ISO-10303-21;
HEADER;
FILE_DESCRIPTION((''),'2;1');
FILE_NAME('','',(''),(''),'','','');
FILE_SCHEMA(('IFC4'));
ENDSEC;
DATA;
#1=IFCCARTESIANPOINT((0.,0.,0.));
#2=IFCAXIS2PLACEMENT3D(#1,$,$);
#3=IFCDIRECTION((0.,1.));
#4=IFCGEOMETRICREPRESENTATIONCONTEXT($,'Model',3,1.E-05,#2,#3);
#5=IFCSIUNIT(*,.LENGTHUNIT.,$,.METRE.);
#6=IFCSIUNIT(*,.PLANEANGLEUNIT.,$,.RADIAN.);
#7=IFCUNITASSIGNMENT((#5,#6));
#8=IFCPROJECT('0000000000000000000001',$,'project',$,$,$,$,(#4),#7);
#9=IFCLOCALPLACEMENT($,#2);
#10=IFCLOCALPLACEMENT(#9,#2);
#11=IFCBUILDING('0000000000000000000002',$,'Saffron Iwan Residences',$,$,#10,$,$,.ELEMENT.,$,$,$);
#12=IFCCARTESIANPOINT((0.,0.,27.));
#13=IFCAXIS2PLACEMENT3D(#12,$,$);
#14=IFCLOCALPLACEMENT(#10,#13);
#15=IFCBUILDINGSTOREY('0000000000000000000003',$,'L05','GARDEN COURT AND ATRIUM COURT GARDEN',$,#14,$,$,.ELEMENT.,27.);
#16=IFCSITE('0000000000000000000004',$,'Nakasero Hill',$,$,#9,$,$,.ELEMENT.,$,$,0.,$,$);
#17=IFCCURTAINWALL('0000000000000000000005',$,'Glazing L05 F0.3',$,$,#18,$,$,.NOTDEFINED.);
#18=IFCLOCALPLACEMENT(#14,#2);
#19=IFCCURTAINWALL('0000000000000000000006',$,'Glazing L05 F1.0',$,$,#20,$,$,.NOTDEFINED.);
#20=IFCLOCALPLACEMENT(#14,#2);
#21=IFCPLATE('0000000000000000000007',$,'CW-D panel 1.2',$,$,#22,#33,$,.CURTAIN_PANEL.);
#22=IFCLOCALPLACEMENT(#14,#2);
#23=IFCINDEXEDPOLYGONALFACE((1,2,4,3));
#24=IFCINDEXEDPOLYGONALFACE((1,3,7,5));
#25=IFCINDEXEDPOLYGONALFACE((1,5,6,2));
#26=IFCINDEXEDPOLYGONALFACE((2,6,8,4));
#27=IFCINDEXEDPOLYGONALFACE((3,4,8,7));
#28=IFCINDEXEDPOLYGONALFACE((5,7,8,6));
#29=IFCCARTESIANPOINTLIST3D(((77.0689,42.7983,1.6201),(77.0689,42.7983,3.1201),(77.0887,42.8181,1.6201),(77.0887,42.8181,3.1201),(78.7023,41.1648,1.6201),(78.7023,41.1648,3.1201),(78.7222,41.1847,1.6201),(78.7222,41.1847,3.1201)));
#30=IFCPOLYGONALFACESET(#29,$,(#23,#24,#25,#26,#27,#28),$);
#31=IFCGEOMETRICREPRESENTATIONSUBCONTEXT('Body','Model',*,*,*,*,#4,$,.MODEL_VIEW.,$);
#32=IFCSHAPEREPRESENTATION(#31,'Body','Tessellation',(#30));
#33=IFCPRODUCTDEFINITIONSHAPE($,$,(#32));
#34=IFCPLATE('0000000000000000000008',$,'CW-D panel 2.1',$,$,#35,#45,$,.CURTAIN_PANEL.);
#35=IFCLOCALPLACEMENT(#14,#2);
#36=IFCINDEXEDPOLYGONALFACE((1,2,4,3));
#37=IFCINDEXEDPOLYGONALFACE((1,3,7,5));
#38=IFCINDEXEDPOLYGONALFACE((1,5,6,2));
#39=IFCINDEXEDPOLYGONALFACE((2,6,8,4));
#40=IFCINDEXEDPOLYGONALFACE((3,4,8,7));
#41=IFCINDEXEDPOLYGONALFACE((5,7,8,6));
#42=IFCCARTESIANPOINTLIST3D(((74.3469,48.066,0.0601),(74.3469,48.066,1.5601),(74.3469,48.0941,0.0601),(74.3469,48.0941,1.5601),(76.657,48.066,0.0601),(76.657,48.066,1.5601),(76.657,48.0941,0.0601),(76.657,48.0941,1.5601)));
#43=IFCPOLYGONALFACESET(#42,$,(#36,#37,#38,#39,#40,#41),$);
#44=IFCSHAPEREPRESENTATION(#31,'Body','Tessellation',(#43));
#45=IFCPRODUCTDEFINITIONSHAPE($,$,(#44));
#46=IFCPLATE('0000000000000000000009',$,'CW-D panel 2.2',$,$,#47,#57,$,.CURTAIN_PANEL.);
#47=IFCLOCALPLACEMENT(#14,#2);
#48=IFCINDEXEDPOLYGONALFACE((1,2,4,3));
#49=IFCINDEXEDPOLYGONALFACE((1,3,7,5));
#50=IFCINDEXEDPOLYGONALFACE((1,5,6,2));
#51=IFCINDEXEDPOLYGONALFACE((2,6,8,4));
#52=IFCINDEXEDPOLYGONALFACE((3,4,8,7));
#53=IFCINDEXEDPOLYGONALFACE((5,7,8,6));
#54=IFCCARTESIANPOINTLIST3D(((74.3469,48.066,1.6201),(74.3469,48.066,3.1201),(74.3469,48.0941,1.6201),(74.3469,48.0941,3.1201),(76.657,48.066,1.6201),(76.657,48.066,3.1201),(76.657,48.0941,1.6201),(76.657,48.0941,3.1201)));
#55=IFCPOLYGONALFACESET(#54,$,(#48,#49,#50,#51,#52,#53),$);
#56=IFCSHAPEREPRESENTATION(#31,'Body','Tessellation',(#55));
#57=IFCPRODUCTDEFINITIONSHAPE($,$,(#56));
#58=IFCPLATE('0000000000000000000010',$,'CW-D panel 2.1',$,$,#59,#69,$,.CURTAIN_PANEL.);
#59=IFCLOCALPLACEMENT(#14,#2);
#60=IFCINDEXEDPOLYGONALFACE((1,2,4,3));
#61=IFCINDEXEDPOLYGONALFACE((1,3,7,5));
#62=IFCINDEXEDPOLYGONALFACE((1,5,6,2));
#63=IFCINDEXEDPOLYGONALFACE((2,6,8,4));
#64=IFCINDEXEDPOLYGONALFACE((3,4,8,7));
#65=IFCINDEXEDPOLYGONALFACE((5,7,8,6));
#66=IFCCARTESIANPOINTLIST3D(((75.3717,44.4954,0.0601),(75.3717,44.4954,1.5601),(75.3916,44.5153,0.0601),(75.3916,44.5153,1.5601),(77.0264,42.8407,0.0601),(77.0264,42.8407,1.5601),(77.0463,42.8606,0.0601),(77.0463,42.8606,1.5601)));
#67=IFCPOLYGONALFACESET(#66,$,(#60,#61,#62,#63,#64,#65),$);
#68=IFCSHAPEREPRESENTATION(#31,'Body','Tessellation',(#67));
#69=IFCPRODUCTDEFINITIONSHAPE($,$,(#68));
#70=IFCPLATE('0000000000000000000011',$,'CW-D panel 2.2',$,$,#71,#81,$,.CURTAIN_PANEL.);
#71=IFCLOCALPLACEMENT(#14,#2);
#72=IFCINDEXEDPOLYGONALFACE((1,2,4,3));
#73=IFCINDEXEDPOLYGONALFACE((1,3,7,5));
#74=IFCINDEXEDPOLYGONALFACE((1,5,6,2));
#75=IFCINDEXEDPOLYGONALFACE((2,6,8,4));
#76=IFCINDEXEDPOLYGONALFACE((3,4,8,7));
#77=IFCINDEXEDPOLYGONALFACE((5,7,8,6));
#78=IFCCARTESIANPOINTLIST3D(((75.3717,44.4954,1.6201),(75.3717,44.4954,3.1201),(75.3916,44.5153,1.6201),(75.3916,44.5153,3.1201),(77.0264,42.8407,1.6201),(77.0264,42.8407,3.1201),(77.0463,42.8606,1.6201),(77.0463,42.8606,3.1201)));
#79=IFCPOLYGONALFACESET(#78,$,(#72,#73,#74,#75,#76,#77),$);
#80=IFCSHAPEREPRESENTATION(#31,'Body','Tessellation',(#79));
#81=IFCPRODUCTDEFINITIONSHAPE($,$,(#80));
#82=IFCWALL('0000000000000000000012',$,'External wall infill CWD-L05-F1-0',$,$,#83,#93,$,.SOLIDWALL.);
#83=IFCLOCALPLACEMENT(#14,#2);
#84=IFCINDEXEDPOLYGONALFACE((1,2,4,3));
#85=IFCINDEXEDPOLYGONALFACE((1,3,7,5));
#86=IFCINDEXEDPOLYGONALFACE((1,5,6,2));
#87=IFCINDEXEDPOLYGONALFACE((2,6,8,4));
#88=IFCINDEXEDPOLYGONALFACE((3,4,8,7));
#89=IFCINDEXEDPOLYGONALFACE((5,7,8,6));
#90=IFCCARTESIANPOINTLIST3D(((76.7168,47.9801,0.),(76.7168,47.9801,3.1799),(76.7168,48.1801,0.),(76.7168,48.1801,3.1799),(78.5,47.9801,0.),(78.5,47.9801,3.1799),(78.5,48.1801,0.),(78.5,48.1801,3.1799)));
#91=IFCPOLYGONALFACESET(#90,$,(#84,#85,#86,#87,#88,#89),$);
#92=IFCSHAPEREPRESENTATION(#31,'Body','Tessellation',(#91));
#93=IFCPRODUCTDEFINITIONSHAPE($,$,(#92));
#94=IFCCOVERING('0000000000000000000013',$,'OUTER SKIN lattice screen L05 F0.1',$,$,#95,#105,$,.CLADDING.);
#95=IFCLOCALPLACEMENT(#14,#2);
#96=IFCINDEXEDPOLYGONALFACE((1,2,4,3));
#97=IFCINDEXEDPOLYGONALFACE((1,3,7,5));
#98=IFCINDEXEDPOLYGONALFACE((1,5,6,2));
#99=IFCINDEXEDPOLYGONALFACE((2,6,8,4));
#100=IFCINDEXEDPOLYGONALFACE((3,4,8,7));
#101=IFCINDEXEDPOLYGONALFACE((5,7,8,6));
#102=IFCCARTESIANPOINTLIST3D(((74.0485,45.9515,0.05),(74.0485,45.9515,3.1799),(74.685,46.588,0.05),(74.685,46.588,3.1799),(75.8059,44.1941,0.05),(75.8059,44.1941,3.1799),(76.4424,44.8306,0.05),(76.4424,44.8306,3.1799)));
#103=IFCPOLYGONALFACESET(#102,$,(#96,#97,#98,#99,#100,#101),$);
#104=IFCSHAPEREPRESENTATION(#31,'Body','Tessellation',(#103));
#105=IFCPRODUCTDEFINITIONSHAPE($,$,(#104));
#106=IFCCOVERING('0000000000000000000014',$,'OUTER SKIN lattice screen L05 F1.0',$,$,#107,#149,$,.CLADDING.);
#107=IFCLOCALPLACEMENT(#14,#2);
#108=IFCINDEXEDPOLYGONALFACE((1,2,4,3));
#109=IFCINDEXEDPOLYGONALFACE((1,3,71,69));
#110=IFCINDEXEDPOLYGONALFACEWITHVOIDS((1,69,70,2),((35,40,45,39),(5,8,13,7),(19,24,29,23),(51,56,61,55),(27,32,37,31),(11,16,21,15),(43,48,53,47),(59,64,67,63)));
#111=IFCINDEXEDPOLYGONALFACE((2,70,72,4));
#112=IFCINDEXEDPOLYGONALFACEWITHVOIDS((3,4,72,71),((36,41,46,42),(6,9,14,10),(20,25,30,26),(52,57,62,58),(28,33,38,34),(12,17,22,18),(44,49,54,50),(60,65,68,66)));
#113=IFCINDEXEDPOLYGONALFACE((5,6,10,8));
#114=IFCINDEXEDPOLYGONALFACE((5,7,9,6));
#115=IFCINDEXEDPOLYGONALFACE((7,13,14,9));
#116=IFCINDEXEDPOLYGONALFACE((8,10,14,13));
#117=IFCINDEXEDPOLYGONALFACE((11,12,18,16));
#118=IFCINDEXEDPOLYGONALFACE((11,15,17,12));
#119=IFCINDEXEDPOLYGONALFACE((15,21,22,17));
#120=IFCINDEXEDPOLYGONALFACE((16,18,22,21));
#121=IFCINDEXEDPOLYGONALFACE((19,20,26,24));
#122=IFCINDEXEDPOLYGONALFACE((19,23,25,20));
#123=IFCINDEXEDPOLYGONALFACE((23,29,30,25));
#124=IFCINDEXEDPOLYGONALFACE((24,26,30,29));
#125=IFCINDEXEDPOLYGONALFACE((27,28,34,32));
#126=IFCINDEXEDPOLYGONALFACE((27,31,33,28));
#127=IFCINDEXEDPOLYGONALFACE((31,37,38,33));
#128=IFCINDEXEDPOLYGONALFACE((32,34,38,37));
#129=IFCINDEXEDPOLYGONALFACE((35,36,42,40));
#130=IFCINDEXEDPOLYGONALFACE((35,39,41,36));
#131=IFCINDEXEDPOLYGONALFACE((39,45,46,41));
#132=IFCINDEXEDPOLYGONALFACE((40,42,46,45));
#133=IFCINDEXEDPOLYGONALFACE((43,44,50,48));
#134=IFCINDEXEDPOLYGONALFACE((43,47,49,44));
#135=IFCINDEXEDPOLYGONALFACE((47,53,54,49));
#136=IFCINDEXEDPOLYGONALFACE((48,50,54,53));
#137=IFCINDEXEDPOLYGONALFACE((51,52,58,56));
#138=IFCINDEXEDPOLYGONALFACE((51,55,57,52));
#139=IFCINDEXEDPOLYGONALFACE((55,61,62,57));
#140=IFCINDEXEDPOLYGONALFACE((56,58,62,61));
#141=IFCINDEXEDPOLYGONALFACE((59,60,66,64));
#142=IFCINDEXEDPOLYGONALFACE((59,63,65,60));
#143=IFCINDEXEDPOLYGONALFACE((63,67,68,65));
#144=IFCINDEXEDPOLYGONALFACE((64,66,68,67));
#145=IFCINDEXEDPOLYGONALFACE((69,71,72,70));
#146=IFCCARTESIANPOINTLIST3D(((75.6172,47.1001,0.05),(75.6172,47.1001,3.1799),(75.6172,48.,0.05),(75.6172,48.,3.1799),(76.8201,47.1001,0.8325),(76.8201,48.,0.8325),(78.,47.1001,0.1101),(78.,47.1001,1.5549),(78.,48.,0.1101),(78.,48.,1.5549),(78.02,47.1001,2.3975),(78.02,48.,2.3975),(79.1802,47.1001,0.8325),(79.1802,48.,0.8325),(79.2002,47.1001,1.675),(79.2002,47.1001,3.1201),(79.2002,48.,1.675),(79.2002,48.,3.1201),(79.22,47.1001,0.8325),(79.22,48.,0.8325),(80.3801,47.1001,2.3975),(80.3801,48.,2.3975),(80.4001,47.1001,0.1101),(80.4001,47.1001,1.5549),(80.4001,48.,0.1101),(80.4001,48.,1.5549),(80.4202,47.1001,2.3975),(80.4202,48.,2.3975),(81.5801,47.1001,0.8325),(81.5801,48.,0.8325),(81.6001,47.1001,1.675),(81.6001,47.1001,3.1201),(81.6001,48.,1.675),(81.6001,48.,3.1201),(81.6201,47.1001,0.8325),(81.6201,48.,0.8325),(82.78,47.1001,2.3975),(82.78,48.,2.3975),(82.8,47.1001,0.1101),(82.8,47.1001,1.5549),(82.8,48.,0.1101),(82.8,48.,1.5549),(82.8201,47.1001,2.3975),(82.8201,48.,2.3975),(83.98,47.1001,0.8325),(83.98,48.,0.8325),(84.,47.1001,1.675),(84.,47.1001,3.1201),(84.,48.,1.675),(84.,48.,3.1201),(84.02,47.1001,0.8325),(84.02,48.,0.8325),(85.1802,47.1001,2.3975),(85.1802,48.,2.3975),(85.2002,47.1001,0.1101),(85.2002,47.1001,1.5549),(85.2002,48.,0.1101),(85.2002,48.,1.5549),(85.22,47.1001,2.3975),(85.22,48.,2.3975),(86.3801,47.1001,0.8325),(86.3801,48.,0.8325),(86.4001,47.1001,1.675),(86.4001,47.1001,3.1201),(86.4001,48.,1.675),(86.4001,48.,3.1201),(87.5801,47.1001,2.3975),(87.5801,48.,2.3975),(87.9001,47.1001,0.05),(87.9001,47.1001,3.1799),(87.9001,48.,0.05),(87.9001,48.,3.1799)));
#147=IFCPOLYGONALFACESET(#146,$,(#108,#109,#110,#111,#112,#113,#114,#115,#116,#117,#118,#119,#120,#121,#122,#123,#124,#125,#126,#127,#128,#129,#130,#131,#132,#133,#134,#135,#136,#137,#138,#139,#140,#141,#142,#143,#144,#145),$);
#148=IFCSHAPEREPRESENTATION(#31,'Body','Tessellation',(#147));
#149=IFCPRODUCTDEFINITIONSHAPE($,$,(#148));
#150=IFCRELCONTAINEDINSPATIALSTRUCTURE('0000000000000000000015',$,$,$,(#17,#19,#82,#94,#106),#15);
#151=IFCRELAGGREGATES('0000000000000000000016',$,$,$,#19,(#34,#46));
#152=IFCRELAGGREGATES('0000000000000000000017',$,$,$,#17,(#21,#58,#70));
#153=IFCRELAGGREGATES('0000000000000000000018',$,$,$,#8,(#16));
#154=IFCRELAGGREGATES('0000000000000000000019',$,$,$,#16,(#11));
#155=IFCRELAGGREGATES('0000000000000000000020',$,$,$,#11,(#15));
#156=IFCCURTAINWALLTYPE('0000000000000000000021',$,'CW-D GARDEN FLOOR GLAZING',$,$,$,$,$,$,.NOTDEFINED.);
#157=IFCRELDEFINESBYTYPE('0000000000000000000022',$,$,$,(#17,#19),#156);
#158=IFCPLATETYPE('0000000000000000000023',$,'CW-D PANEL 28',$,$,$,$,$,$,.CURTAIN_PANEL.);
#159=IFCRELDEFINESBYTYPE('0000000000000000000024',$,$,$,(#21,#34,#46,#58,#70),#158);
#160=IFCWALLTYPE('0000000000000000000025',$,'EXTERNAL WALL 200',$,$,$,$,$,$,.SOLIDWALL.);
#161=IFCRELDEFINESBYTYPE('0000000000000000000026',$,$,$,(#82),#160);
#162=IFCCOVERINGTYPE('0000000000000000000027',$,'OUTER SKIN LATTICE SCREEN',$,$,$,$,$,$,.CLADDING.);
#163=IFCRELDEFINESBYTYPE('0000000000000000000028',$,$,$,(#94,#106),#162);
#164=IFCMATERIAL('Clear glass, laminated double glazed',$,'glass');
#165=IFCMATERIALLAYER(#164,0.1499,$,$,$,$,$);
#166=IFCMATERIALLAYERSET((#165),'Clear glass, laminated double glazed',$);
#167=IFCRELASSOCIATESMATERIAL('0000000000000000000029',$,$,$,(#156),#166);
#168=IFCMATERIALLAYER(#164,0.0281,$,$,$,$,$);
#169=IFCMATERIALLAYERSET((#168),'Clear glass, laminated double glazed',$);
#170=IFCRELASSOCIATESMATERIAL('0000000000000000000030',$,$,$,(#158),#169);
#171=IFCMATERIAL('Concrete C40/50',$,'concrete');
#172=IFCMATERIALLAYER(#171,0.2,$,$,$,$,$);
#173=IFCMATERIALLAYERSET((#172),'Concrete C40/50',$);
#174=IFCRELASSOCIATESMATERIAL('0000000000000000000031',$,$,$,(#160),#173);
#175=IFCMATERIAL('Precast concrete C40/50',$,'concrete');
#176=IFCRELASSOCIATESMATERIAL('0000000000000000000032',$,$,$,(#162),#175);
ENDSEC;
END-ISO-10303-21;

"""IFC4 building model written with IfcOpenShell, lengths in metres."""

from ifc_helpers import new_model, si_unit, direction, frame, frame_2d, origin, origin_2d, place, context, subcontext, project, spatial, polyline, rectangle, outline, extrude, source, transform, mapped, material, layer, layer_set, type_object, element, aggregate, save


model = new_model("IFC4")

# Units and contexts
model_context = context("Model", 3, precision=1e-05, world=origin(), true_north=direction((0.0, 1.0)))
body_context = subcontext(model_context, "Body", "Model", "MODEL_VIEW")
ifc_project = project(units=[si_unit("LENGTHUNIT", "METRE"), si_unit("PLANEANGLEUNIT", "RADIAN")], contexts=[model_context])

# Site, building, storey
site_placement = place(None, origin())
site = spatial("IfcSite", under=ifc_project, at=site_placement, Name="Nakasero Hill", CompositionType="ELEMENT", RefElevation=0.0)
building_placement = place(site_placement, origin())
building = spatial("IfcBuilding", under=site, at=building_placement, Name="Saffron Iwan Residences", CompositionType="ELEMENT")
storey_placement = place(building_placement, frame((0.0, 0.0, 27.0)))
storey = spatial("IfcBuildingStorey", under=building, at=storey_placement, Name="L05", Description="GARDEN COURT AND ATRIUM COURT GARDEN", CompositionType="ELEMENT", Elevation=27.0)

# Curtain wall
ifc_material_1 = material(Name="Clear glass, laminated double glazed", Category="glass")
ifc_layer_1 = layer(ifc_material_1, 0.1499)
ifc_layer_set_1 = layer_set([ifc_layer_1], Name="Clear glass, laminated double glazed")
curtain_wall_type = type_object("IfcCurtainWallType", Name="CW-D GARDEN FLOOR GLAZING", PredefinedType="NOTDEFINED", material=ifc_layer_set_1)
curtain_wall_1_placement = place(storey_placement, origin())
curtain_wall_1 = element("IfcCurtainWall", 1, at=curtain_wall_1_placement, inside=storey, type_object=curtain_wall_type, Name="Glazing L05 F0.3", PredefinedType="NOTDEFINED")

# Curtain wall
curtain_wall_2_placement = place(storey_placement, origin())
curtain_wall_2 = element("IfcCurtainWall", 2, at=curtain_wall_2_placement, inside=storey, type_object=curtain_wall_type, Name="Glazing L05 F1.0", PredefinedType="NOTDEFINED")

# Plates
ifc_layer_2 = layer(ifc_material_1, 0.0281)
ifc_layer_set_2 = layer_set([ifc_layer_2], Name="Clear glass, laminated double glazed")
plate_type = type_object("IfcPlateType", Name="CW-D PANEL 28", PredefinedType="CURTAIN_PANEL", material=ifc_layer_set_2)
shared_shape_1 = source(origin(), body_context, "Body", "SweptSolid", [
    extrude(rectangle(XDim=2.3101, YDim=0.0281, at=origin_2d()), origin(), (0.0, 0.0, 1.0), 1.5),
])
plate_1_placement = place(storey_placement, frame((77.8955, 41.9915, 1.6201), z_axis=(0.0, 0.0, 1.0), x_axis=(-0.707107, 0.707107, 0.0)))
plate_1 = element("IfcPlate", 3, at=plate_1_placement, type_object=plate_type, Name="CW-D panel 1.2", PredefinedType="CURTAIN_PANEL", context=body_context, shape_type="MappedRepresentation", body=[
    mapped(shared_shape_1, transform((0.0, 0.0, 0.0))),
])
plate_2_placement = place(storey_placement, frame((75.502, 48.0801, 0.0601), z_axis=(0.0, 0.0, 1.0), x_axis=(1.0, 0.0, 0.0)))
plate_2 = element("IfcPlate", 4, at=plate_2_placement, type_object=plate_type, Name="CW-D panel 2.1", PredefinedType="CURTAIN_PANEL", context=body_context, shape_type="MappedRepresentation", body=[
    mapped(shared_shape_1, transform((0.0, 0.0, 0.0))),
])
plate_3_placement = place(storey_placement, frame((75.502, 48.0801, 1.6201), z_axis=(0.0, 0.0, 1.0), x_axis=(1.0, 0.0, 0.0)))
plate_3 = element("IfcPlate", 5, at=plate_3_placement, type_object=plate_type, Name="CW-D panel 2.2", PredefinedType="CURTAIN_PANEL", context=body_context, shape_type="MappedRepresentation", body=[
    mapped(shared_shape_1, transform((0.0, 0.0, 0.0))),
])
aggregate(curtain_wall_2, [plate_2, plate_3])
shared_shape_2 = source(origin(), body_context, "Body", "SweptSolid", [
    extrude(rectangle(XDim=2.3401, YDim=0.0281, at=origin_2d()), origin(), (0.0, 0.0, 1.0), 1.5),
])
plate_4_placement = place(storey_placement, frame((76.209, 43.678, 0.0601), z_axis=(0.0, 0.0, 1.0), x_axis=(-0.707107, 0.707107, 0.0)))
plate_4 = element("IfcPlate", 6, at=plate_4_placement, type_object=plate_type, Name="CW-D panel 2.1", PredefinedType="CURTAIN_PANEL", context=body_context, shape_type="MappedRepresentation", body=[
    mapped(shared_shape_2, transform((0.0, 0.0, 0.0))),
])
plate_5_placement = place(storey_placement, frame((76.209, 43.678, 1.6201), z_axis=(0.0, 0.0, 1.0), x_axis=(-0.707107, 0.707107, 0.0)))
plate_5 = element("IfcPlate", 7, at=plate_5_placement, type_object=plate_type, Name="CW-D panel 2.2", PredefinedType="CURTAIN_PANEL", context=body_context, shape_type="MappedRepresentation", body=[
    mapped(shared_shape_2, transform((0.0, 0.0, 0.0))),
])
aggregate(curtain_wall_1, [plate_1, plate_4, plate_5])

# Wall
ifc_material_2 = material(Name="Concrete C40/50", Category="concrete")
ifc_layer_3 = layer(ifc_material_2, 0.2)
ifc_layer_set_3 = layer_set([ifc_layer_3], Name="Concrete C40/50")
wall_type = type_object("IfcWallType", Name="EXTERNAL WALL 200", PredefinedType="SOLIDWALL", material=ifc_layer_set_3)
wall_placement = place(storey_placement, frame((76.7168, 48.0801, 0.0), z_axis=(0.0, 0.0, 1.0), x_axis=(1.0, 0.0, 0.0)))
element("IfcWall", 8, at=wall_placement, inside=storey, type_object=wall_type, Name="External wall infill CWD-L05-F1-0", PredefinedType="SOLIDWALL", context=body_context, shape_type="SweptSolid", body=[
    extrude(rectangle(XDim=1.7832, YDim=0.2, at=frame_2d((0.8916, 0.0))), origin(), (0.0, 0.0, 1.0), 3.1799),
])

# Coverings
ifc_material_3 = material(Name="Precast concrete C40/50", Category="concrete")
covering_type = type_object("IfcCoveringType", Name="OUTER SKIN LATTICE SCREEN", PredefinedType="CLADDING", material=ifc_material_3)
covering_1_placement = place(storey_placement, frame((75.8059, 44.1941, 0.05), z_axis=(0.707107, 0.707107, 0.0), x_axis=(-0.707107, 0.707107, 0.0)))
element("IfcCovering", 9, at=covering_1_placement, inside=storey, type_object=covering_type, Name="OUTER SKIN lattice screen L05 F0.1", PredefinedType="CLADDING", context=body_context, shape_type="SweptSolid", body=[
    extrude(outline(polyline([(0.0, 0.0), (2.4854, 0.0), (2.4854, 3.1299), (0.0, 3.1299), (0.0, 0.0)])), origin(), (0.0, 0.0, 1.0), 0.9001),
])
covering_2_placement = place(storey_placement, frame((75.6172, 48.0, 0.05), z_axis=(0.0, -1.0, 0.0), x_axis=(1.0, 0.0, 0.0)))
element("IfcCovering", 10, at=covering_2_placement, inside=storey, type_object=covering_type, Name="OUTER SKIN lattice screen L05 F1.0", PredefinedType="CLADDING", context=body_context, shape_type="SweptSolid", body=[
    extrude(outline(polyline([(0.0, 0.0), (12.283, 0.0), (12.283, 3.1299), (0.0, 3.1299), (0.0, 0.0)]), holes=[polyline([(1.2029, 0.7825), (2.3828, 0.0601), (3.563, 0.7825), (2.3828, 1.5049), (1.2029, 0.7825)]), polyline([(3.6028, 0.7825), (4.783, 0.0601), (5.9629, 0.7825), (4.783, 1.5049), (3.6028, 0.7825)]), polyline([(6.0029, 0.7825), (7.1829, 0.0601), (8.3628, 0.7825), (7.1829, 1.5049), (6.0029, 0.7825)]), polyline([(8.4028, 0.7825), (9.583, 0.0601), (10.7629, 0.7825), (9.583, 1.5049), (8.4028, 0.7825)]), polyline([(2.4028, 2.3474), (3.583, 1.625), (4.7629, 2.3474), (3.583, 3.0701), (2.4028, 2.3474)]), polyline([(4.803, 2.3474), (5.9829, 1.625), (7.1628, 2.3474), (5.9829, 3.0701), (4.803, 2.3474)]), polyline([(7.2029, 2.3474), (8.3828, 1.625), (9.563, 2.3474), (8.3828, 3.0701), (7.2029, 2.3474)]), polyline([(9.6028, 2.3474), (10.783, 1.625), (11.9629, 2.3474), (10.783, 3.0701), (9.6028, 2.3474)])]), origin(), (0.0, 0.0, 1.0), 0.8999),
])

save(model, "model.ifc")
